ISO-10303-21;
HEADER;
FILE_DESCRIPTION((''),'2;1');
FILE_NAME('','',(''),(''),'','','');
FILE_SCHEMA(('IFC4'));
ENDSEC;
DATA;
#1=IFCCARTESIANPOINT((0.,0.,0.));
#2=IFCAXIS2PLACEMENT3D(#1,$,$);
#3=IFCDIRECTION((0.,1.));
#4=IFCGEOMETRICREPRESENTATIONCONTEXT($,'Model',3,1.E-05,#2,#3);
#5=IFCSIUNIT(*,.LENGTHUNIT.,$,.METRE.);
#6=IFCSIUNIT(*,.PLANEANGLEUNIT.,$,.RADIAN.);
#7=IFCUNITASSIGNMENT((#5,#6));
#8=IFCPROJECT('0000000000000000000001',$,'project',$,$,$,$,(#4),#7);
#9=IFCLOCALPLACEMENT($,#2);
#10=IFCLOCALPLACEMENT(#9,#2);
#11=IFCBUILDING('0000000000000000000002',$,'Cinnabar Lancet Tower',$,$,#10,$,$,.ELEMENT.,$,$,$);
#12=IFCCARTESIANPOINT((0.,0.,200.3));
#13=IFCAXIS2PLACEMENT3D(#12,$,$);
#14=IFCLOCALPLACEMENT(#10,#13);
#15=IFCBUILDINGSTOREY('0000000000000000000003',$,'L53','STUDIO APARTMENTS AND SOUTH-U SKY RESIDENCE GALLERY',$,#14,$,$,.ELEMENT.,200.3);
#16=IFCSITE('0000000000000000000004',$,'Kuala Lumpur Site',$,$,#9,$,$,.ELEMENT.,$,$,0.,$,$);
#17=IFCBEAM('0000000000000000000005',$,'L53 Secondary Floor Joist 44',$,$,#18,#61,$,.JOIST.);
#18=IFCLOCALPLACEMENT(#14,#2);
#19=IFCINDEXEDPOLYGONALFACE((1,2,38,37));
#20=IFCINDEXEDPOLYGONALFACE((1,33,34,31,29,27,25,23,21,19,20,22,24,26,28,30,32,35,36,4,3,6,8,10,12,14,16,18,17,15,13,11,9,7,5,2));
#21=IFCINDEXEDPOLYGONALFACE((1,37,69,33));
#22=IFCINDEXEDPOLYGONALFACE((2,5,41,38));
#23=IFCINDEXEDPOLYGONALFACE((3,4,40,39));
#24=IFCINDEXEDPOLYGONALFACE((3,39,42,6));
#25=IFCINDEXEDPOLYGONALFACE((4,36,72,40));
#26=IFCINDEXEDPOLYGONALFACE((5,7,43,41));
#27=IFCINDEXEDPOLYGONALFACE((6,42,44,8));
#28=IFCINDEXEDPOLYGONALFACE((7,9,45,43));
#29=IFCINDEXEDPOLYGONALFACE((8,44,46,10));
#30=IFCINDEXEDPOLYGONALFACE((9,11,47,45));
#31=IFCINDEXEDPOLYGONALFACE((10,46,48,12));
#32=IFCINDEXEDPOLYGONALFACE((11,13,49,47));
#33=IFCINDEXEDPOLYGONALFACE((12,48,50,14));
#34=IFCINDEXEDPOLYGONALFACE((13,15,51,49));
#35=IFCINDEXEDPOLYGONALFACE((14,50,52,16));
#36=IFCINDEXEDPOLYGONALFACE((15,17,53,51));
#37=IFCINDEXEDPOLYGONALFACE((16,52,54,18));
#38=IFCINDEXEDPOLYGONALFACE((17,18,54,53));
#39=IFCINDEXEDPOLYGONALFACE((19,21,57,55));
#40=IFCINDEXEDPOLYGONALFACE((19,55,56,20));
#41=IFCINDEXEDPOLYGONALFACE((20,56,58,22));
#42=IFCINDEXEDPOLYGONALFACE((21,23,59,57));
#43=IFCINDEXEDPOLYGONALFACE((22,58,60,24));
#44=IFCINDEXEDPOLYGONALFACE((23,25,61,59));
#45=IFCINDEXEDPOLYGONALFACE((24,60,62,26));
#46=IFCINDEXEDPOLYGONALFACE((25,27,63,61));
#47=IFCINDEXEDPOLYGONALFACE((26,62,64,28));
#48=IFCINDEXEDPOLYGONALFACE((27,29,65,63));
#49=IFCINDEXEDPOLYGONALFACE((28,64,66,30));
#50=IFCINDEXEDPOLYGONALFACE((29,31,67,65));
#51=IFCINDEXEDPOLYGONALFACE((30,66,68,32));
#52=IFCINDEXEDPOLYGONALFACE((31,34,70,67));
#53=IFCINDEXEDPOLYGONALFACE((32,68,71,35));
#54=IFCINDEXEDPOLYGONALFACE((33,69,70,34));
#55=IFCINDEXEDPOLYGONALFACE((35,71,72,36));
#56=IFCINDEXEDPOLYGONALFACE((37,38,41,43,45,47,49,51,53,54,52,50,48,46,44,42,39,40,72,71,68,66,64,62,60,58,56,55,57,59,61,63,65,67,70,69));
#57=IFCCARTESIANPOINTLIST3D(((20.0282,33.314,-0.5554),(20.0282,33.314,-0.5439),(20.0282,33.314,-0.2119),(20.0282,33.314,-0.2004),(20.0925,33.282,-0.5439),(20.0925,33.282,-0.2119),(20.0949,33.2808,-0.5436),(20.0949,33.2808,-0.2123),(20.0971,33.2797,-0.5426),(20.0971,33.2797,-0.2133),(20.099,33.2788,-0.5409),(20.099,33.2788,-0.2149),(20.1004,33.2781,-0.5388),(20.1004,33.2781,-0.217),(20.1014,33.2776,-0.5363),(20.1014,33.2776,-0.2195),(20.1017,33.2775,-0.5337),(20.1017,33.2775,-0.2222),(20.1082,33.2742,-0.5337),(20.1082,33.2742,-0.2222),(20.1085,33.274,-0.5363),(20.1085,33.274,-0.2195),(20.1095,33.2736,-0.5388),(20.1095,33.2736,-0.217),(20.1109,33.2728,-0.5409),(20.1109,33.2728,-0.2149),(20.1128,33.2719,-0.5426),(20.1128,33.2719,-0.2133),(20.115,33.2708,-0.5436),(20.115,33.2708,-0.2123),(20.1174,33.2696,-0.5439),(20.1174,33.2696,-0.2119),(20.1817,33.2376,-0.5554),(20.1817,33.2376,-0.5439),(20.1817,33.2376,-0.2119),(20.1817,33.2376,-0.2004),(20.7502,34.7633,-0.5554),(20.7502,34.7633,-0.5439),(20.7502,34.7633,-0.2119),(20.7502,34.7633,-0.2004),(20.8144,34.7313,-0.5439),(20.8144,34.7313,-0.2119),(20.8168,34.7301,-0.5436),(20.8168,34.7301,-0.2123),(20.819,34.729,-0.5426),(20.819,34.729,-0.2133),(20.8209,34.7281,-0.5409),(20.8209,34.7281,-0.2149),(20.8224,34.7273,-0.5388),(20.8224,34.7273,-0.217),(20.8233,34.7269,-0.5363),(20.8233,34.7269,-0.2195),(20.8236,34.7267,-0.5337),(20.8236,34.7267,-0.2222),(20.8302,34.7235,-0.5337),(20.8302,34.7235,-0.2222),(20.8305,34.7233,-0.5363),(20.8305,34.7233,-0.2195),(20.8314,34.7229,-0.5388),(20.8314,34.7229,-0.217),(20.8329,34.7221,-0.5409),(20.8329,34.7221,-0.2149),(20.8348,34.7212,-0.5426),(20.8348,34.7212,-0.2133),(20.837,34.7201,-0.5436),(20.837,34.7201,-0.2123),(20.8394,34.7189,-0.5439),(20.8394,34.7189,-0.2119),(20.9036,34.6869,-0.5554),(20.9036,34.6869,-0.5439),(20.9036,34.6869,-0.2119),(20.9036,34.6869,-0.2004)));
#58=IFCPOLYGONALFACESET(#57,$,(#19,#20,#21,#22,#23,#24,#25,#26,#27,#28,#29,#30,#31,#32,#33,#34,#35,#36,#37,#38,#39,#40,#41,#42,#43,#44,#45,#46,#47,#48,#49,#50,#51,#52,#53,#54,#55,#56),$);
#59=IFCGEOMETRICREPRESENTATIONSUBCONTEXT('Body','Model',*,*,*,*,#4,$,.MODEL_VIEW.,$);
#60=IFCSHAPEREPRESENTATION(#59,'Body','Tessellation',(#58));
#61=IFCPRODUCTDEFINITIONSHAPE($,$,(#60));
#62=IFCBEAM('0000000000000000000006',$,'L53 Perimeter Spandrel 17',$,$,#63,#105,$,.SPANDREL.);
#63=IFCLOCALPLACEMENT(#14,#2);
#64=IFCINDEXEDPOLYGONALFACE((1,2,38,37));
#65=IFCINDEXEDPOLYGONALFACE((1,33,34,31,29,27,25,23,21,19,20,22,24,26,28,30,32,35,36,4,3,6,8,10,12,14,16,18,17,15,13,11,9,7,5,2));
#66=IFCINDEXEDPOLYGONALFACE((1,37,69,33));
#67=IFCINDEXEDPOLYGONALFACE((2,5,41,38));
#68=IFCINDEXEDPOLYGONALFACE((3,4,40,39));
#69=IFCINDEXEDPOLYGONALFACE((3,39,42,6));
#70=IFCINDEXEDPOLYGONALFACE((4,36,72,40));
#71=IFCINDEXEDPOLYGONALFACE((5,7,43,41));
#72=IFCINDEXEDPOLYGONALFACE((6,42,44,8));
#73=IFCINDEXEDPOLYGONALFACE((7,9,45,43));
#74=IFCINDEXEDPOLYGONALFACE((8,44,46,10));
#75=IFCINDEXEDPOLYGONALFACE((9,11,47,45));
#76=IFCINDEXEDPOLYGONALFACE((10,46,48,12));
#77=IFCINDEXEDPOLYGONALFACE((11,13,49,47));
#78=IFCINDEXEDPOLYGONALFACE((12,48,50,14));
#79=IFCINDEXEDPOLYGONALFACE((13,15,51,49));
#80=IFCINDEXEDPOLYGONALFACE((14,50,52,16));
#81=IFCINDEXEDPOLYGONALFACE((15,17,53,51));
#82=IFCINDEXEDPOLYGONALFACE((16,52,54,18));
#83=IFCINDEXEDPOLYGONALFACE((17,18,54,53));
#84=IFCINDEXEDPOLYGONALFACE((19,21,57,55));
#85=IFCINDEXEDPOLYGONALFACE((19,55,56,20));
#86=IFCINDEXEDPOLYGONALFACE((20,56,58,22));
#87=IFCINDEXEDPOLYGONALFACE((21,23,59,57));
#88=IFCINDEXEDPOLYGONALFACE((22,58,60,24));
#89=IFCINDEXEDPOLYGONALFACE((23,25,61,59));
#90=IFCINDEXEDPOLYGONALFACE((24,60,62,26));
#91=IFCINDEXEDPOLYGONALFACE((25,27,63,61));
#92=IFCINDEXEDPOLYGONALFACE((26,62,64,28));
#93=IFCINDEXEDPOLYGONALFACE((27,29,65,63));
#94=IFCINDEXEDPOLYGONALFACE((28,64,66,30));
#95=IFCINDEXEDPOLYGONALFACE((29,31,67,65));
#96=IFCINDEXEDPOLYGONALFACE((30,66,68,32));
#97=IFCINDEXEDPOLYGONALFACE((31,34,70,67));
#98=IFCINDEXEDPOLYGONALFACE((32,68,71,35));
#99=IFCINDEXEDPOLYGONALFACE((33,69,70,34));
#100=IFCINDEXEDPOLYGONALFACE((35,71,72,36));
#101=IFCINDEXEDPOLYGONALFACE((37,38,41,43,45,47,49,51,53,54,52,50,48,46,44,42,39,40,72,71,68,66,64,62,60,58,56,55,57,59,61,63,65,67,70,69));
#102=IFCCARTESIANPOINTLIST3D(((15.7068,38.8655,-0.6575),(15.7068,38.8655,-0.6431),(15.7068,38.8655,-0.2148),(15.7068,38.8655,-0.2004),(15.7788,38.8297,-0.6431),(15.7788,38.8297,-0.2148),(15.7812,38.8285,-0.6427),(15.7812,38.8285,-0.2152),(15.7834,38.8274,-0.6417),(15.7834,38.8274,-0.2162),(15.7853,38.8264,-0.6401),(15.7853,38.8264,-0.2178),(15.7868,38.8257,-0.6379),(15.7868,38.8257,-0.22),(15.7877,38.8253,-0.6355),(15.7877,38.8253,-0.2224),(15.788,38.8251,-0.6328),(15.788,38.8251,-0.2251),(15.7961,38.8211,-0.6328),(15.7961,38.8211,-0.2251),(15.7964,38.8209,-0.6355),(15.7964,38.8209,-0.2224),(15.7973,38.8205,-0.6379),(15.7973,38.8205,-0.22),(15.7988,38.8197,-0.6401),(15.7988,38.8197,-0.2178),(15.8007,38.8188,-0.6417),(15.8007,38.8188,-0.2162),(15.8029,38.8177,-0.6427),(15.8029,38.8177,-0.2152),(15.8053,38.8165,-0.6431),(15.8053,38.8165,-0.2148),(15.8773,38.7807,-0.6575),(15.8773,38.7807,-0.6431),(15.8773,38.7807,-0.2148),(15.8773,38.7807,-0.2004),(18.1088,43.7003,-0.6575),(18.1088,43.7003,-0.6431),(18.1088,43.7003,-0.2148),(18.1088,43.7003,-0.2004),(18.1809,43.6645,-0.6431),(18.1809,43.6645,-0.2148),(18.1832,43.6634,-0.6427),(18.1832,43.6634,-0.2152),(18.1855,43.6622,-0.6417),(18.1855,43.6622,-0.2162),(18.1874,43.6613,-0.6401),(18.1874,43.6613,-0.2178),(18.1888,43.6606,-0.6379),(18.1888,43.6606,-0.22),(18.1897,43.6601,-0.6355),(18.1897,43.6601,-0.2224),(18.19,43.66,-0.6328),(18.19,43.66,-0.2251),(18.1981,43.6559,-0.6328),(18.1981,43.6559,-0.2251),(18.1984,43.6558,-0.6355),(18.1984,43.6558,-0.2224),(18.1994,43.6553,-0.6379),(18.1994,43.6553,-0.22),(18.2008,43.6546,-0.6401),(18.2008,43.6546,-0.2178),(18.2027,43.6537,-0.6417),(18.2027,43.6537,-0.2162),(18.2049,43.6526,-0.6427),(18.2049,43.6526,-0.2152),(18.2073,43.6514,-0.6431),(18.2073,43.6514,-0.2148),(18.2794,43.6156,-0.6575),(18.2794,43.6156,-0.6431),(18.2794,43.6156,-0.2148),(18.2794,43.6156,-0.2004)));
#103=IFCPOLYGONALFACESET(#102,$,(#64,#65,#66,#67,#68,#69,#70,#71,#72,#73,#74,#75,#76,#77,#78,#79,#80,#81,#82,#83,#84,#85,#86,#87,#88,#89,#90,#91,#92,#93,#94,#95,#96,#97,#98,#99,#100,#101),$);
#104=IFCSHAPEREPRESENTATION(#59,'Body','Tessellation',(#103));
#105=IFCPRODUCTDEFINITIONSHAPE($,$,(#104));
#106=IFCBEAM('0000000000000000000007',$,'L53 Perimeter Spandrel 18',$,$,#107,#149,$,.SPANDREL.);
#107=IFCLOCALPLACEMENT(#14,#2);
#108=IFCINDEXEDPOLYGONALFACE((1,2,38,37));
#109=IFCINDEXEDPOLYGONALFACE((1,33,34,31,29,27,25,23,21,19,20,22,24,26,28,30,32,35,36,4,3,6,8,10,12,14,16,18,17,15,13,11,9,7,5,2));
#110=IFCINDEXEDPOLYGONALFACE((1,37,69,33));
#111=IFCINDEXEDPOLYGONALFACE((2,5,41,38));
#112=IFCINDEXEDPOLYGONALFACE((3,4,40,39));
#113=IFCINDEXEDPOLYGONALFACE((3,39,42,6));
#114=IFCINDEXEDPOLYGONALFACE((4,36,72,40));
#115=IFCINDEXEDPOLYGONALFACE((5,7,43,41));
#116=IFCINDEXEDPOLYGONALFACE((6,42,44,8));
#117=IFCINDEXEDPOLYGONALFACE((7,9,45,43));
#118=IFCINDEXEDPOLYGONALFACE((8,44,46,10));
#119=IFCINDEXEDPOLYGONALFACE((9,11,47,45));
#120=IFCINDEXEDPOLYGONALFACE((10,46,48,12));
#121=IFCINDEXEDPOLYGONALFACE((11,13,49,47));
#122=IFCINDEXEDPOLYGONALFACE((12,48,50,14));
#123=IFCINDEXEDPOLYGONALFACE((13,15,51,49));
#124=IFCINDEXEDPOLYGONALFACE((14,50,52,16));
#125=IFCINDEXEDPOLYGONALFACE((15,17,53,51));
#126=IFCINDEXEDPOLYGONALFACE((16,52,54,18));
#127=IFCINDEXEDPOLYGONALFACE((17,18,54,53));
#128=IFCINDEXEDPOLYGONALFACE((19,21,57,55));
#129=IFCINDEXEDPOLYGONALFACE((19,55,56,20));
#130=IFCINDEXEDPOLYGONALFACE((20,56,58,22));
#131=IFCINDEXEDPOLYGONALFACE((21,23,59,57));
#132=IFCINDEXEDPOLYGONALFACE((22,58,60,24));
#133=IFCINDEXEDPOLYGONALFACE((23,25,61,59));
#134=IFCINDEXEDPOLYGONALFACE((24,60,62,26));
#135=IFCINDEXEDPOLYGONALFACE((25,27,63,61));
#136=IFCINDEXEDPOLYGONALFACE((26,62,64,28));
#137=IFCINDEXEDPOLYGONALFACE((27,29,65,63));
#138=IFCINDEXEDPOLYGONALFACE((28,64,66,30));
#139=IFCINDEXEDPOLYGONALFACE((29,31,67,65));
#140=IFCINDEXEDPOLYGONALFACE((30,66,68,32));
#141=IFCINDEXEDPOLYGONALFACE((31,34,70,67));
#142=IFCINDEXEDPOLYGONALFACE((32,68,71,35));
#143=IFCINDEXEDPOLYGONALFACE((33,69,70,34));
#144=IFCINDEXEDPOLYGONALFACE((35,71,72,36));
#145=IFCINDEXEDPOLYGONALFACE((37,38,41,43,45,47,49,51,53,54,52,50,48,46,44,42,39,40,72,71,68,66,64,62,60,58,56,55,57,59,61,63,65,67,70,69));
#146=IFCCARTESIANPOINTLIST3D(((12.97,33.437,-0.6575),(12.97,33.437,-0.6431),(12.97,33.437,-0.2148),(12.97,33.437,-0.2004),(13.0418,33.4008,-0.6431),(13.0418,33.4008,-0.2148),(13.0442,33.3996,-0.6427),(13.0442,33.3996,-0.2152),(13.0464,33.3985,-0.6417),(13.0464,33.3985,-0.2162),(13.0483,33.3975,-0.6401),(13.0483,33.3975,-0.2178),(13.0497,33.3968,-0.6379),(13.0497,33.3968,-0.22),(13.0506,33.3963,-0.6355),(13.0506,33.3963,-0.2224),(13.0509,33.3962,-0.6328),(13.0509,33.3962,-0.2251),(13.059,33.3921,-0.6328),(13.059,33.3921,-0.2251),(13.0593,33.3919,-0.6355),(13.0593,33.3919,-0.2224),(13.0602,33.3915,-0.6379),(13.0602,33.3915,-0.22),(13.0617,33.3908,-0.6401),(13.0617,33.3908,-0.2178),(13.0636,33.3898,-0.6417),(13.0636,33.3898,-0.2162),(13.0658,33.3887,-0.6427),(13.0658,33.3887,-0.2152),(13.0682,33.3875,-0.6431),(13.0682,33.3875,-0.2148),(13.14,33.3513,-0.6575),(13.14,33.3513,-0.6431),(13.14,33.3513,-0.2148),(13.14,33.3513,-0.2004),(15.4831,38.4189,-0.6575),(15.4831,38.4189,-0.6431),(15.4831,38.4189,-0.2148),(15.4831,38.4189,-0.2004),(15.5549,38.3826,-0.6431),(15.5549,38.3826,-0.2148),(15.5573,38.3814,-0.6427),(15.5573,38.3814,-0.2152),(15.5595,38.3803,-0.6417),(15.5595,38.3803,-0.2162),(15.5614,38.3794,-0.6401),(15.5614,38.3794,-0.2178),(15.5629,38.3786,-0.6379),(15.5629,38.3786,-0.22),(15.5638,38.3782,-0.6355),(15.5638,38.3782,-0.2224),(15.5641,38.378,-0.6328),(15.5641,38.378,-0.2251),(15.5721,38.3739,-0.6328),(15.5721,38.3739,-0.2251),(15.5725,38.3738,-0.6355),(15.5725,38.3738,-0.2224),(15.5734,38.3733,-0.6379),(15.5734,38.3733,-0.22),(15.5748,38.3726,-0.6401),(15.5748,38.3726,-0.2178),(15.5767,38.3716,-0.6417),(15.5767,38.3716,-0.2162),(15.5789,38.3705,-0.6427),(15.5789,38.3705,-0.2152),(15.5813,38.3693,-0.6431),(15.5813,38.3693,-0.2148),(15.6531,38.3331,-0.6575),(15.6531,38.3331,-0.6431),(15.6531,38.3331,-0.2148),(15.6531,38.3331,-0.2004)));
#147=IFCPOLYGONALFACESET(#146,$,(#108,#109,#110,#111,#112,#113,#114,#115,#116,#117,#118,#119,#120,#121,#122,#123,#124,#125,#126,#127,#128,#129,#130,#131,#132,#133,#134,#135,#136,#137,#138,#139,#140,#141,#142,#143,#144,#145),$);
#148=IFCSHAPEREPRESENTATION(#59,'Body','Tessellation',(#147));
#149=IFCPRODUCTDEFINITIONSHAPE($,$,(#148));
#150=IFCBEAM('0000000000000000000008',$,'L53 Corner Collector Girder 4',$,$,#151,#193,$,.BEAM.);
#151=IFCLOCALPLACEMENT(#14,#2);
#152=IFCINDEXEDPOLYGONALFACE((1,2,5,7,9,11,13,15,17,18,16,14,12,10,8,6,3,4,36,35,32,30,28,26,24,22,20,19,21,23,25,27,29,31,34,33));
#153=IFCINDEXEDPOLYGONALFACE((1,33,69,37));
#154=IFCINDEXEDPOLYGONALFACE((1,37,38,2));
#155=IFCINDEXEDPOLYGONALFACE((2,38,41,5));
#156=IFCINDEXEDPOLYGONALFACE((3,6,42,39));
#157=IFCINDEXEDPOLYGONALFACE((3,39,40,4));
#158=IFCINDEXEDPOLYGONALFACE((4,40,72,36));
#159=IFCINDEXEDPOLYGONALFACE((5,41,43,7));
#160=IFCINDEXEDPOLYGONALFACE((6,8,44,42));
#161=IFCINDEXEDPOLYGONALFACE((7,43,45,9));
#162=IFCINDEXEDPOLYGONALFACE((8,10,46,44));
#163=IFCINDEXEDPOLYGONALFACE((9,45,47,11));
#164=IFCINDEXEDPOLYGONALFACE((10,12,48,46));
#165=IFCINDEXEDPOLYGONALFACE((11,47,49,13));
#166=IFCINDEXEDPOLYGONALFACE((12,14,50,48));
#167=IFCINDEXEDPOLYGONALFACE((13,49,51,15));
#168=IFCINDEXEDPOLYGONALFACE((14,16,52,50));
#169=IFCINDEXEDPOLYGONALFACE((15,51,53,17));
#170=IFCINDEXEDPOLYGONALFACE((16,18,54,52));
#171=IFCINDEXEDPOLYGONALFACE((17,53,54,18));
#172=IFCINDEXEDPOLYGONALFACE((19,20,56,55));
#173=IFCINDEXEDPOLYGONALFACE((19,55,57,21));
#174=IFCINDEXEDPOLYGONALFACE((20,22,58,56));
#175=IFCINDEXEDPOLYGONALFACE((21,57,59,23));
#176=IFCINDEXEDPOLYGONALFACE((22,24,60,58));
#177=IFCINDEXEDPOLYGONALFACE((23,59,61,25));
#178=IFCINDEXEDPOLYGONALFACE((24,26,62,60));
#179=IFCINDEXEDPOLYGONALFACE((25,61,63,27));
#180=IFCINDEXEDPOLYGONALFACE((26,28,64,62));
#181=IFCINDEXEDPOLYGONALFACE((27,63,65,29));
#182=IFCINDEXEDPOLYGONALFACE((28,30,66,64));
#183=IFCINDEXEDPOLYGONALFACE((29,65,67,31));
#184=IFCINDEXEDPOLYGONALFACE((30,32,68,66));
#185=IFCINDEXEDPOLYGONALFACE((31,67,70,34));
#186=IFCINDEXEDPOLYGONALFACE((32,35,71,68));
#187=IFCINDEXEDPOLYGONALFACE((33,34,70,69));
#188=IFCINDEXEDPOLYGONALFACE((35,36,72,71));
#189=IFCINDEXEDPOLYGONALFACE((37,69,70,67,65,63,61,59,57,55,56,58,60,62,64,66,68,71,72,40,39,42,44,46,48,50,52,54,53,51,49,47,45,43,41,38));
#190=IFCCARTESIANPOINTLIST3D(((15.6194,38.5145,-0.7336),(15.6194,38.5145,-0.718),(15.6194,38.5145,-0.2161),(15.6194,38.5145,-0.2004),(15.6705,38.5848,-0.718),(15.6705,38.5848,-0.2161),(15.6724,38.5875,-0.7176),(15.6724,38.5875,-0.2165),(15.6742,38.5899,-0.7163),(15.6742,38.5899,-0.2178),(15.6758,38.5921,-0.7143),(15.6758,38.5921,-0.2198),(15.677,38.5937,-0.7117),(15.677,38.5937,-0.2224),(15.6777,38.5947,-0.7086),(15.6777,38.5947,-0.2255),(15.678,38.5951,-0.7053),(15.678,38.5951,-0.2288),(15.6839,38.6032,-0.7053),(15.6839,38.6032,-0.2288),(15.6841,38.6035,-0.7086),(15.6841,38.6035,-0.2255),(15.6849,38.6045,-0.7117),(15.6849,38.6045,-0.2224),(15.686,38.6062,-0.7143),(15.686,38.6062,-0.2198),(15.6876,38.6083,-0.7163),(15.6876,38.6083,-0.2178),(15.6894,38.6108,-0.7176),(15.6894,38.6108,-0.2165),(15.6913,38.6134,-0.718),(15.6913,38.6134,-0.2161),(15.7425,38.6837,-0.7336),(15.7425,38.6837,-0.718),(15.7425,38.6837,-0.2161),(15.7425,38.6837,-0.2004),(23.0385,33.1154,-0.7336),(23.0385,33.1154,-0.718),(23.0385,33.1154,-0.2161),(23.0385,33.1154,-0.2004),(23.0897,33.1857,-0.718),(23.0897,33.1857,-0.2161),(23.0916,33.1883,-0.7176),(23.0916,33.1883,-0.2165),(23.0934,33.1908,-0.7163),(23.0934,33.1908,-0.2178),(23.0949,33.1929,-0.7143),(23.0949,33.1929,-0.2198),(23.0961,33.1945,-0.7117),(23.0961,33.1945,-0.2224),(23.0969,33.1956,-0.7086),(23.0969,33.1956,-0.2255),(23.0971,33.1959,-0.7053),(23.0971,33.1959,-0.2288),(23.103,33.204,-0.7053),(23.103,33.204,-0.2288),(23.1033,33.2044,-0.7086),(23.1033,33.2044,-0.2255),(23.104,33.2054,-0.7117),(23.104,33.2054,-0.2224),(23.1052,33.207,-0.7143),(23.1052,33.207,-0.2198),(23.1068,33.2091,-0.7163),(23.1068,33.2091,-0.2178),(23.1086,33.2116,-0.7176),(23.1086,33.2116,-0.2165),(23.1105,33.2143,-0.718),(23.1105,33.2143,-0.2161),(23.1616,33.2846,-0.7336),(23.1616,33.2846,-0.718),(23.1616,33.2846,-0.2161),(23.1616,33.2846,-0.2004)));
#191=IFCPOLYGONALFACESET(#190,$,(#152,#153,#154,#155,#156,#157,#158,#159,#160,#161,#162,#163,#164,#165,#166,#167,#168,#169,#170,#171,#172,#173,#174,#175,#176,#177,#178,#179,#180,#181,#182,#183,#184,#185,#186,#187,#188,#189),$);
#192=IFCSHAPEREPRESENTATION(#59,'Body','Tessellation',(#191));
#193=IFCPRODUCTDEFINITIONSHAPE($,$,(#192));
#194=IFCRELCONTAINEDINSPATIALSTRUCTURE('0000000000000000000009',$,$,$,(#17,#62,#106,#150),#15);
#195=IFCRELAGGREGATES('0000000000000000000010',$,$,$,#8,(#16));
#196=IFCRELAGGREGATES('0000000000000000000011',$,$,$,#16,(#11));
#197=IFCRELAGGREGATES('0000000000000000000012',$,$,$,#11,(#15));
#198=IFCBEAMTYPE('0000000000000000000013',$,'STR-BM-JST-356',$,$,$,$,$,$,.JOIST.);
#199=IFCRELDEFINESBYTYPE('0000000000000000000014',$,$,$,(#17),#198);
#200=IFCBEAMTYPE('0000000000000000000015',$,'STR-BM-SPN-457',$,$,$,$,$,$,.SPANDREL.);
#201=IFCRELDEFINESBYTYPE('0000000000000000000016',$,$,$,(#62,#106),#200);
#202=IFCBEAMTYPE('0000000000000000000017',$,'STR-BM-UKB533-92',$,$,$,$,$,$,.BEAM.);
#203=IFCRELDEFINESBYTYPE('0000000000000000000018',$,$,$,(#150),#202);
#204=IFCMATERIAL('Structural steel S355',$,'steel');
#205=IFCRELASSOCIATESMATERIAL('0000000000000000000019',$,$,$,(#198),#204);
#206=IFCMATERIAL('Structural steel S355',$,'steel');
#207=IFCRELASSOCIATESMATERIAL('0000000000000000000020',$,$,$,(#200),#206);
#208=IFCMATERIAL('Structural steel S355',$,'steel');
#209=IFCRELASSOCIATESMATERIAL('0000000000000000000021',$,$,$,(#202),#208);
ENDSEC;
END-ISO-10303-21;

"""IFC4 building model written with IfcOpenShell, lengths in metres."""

from ifc_helpers import new_model, si_unit, direction, frame, origin, origin_2d, place, context, subcontext, project, spatial, i_section, extrude, material, material_profile, profile_set, type_object, element, save


model = new_model("IFC4")

# Units and contexts
model_context = context("Model", 3, precision=1e-05, world=origin(), true_north=direction((0.0, 1.0)))
body_context = subcontext(model_context, "Body", "Model", "MODEL_VIEW")
ifc_project = project(units=[si_unit("LENGTHUNIT", "METRE"), si_unit("PLANEANGLEUNIT", "RADIAN")], contexts=[model_context])

# Site, building, storey
site_placement = place(None, origin())
site = spatial("IfcSite", under=ifc_project, at=site_placement, Name="Kuala Lumpur Site", CompositionType="ELEMENT", RefElevation=0.0)
building_placement = place(site_placement, origin())
building = spatial("IfcBuilding", under=site, at=building_placement, Name="Cinnabar Lancet Tower", CompositionType="ELEMENT")
storey_placement = place(building_placement, frame((0.0, 0.0, 200.3)))
storey = spatial("IfcBuildingStorey", under=building, at=storey_placement, Name="L53", Description="STUDIO APARTMENTS AND SOUTH-U SKY RESIDENCE GALLERY", CompositionType="ELEMENT", Elevation=200.3)

# Beams
ifc_material_1 = material(Name="Structural steel S355", Category="steel")
ifc_material_profile_1 = material_profile(ifc_material_1, i_section(OverallWidth=0.1714, OverallDepth=0.355, WebThickness=0.0073, FlangeThickness=0.0115, FilletRadius=0.0103, at=origin_2d()), Name="UKB 356x171x51")
ifc_profile_set_1 = profile_set([ifc_material_profile_1], Name="Structural steel S355")
beam_type_1 = type_object("IfcBeamType", Name="STR-BM-JST-356", PredefinedType="JOIST", material=ifc_profile_set_1)
beam_1_placement = place(storey_placement, frame((20.8269, 34.7251, -0.3779), z_axis=(-0.445886, -0.89509, 0.0), x_axis=(0.89509, -0.445886, 0.0)))
element("IfcBeam", 1, at=beam_1_placement, inside=storey, type_object=beam_type_1, Name="L53 Secondary Floor Joist 44", PredefinedType="JOIST", context=body_context, shape_type="SweptSolid", body=[
    extrude(i_section(OverallWidth=0.1714, OverallDepth=0.355, WebThickness=0.0073, FlangeThickness=0.0115, FilletRadius=0.0103, at=origin_2d()), origin(), (0.0, 0.0, 1.0), 1.6191),
])
ifc_material_2 = material(Name="Structural steel S355", Category="steel")
ifc_material_profile_2 = material_profile(ifc_material_2, i_section(OverallWidth=0.1904, OverallDepth=0.457, WebThickness=0.009, FlangeThickness=0.0144, FilletRadius=0.0103, at=origin_2d()), Name="UKB 457x191x74")
ifc_profile_set_2 = profile_set([ifc_material_profile_2], Name="Structural steel S355")
beam_type_2 = type_object("IfcBeamType", Name="STR-BM-SPN-457", PredefinedType="SPANDREL", material=ifc_profile_set_2)
beam_2_placement = place(storey_placement, frame((18.1941, 43.658, -0.429), z_axis=(-0.444933, -0.895564, 0.0), x_axis=(0.895564, -0.444933, 0.0)))
element("IfcBeam", 2, at=beam_2_placement, inside=storey, type_object=beam_type_2, Name="L53 Perimeter Spandrel 17", PredefinedType="SPANDREL", context=body_context, shape_type="SweptSolid", body=[
    extrude(i_section(OverallWidth=0.1904, OverallDepth=0.457, WebThickness=0.009, FlangeThickness=0.0144, FilletRadius=0.0103, at=origin_2d()), origin(), (0.0, 0.0, 1.0), 5.3987),
])
beam_3_placement = place(storey_placement, frame((15.5681, 38.376, -0.429), z_axis=(-0.450396, -0.892829, 0.0), x_axis=(0.892829, -0.450396, 0.0)))
element("IfcBeam", 3, at=beam_3_placement, inside=storey, type_object=beam_type_2, Name="L53 Perimeter Spandrel 18", PredefinedType="SPANDREL", context=body_context, shape_type="SweptSolid", body=[
    extrude(i_section(OverallWidth=0.1904, OverallDepth=0.457, WebThickness=0.009, FlangeThickness=0.0144, FilletRadius=0.0103, at=origin_2d()), origin(), (0.0, 0.0, 1.0), 5.5798),
])
ifc_material_3 = material(Name="Structural steel S355", Category="steel")
ifc_material_profile_3 = material_profile(ifc_material_3, i_section(OverallWidth=0.2092, OverallDepth=0.5332, WebThickness=0.01, FlangeThickness=0.0156, FilletRadius=0.0127, at=origin_2d()), Name="UKB 533x210x92")
ifc_profile_set_3 = profile_set([ifc_material_profile_3], Name="Structural steel S355")
beam_type_3 = type_object("IfcBeamType", Name="STR-BM-UKB533-92", PredefinedType="BEAM", material=ifc_profile_set_3)
beam_4_placement = place(storey_placement, frame((15.6809, 38.5991, -0.467), z_axis=(0.80856, -0.588414, 0.0), x_axis=(0.588414, 0.80856, 0.0)))
element("IfcBeam", 4, at=beam_4_placement, inside=storey, type_object=beam_type_3, Name="L53 Corner Collector Girder 4", PredefinedType="BEAM", context=body_context, shape_type="SweptSolid", body=[
    extrude(i_section(OverallWidth=0.2092, OverallDepth=0.5332, WebThickness=0.01, FlangeThickness=0.0156, FilletRadius=0.0127, at=origin_2d()), origin(), (0.0, 0.0, 1.0), 9.1758),
])

save(model, "model.ifc")
